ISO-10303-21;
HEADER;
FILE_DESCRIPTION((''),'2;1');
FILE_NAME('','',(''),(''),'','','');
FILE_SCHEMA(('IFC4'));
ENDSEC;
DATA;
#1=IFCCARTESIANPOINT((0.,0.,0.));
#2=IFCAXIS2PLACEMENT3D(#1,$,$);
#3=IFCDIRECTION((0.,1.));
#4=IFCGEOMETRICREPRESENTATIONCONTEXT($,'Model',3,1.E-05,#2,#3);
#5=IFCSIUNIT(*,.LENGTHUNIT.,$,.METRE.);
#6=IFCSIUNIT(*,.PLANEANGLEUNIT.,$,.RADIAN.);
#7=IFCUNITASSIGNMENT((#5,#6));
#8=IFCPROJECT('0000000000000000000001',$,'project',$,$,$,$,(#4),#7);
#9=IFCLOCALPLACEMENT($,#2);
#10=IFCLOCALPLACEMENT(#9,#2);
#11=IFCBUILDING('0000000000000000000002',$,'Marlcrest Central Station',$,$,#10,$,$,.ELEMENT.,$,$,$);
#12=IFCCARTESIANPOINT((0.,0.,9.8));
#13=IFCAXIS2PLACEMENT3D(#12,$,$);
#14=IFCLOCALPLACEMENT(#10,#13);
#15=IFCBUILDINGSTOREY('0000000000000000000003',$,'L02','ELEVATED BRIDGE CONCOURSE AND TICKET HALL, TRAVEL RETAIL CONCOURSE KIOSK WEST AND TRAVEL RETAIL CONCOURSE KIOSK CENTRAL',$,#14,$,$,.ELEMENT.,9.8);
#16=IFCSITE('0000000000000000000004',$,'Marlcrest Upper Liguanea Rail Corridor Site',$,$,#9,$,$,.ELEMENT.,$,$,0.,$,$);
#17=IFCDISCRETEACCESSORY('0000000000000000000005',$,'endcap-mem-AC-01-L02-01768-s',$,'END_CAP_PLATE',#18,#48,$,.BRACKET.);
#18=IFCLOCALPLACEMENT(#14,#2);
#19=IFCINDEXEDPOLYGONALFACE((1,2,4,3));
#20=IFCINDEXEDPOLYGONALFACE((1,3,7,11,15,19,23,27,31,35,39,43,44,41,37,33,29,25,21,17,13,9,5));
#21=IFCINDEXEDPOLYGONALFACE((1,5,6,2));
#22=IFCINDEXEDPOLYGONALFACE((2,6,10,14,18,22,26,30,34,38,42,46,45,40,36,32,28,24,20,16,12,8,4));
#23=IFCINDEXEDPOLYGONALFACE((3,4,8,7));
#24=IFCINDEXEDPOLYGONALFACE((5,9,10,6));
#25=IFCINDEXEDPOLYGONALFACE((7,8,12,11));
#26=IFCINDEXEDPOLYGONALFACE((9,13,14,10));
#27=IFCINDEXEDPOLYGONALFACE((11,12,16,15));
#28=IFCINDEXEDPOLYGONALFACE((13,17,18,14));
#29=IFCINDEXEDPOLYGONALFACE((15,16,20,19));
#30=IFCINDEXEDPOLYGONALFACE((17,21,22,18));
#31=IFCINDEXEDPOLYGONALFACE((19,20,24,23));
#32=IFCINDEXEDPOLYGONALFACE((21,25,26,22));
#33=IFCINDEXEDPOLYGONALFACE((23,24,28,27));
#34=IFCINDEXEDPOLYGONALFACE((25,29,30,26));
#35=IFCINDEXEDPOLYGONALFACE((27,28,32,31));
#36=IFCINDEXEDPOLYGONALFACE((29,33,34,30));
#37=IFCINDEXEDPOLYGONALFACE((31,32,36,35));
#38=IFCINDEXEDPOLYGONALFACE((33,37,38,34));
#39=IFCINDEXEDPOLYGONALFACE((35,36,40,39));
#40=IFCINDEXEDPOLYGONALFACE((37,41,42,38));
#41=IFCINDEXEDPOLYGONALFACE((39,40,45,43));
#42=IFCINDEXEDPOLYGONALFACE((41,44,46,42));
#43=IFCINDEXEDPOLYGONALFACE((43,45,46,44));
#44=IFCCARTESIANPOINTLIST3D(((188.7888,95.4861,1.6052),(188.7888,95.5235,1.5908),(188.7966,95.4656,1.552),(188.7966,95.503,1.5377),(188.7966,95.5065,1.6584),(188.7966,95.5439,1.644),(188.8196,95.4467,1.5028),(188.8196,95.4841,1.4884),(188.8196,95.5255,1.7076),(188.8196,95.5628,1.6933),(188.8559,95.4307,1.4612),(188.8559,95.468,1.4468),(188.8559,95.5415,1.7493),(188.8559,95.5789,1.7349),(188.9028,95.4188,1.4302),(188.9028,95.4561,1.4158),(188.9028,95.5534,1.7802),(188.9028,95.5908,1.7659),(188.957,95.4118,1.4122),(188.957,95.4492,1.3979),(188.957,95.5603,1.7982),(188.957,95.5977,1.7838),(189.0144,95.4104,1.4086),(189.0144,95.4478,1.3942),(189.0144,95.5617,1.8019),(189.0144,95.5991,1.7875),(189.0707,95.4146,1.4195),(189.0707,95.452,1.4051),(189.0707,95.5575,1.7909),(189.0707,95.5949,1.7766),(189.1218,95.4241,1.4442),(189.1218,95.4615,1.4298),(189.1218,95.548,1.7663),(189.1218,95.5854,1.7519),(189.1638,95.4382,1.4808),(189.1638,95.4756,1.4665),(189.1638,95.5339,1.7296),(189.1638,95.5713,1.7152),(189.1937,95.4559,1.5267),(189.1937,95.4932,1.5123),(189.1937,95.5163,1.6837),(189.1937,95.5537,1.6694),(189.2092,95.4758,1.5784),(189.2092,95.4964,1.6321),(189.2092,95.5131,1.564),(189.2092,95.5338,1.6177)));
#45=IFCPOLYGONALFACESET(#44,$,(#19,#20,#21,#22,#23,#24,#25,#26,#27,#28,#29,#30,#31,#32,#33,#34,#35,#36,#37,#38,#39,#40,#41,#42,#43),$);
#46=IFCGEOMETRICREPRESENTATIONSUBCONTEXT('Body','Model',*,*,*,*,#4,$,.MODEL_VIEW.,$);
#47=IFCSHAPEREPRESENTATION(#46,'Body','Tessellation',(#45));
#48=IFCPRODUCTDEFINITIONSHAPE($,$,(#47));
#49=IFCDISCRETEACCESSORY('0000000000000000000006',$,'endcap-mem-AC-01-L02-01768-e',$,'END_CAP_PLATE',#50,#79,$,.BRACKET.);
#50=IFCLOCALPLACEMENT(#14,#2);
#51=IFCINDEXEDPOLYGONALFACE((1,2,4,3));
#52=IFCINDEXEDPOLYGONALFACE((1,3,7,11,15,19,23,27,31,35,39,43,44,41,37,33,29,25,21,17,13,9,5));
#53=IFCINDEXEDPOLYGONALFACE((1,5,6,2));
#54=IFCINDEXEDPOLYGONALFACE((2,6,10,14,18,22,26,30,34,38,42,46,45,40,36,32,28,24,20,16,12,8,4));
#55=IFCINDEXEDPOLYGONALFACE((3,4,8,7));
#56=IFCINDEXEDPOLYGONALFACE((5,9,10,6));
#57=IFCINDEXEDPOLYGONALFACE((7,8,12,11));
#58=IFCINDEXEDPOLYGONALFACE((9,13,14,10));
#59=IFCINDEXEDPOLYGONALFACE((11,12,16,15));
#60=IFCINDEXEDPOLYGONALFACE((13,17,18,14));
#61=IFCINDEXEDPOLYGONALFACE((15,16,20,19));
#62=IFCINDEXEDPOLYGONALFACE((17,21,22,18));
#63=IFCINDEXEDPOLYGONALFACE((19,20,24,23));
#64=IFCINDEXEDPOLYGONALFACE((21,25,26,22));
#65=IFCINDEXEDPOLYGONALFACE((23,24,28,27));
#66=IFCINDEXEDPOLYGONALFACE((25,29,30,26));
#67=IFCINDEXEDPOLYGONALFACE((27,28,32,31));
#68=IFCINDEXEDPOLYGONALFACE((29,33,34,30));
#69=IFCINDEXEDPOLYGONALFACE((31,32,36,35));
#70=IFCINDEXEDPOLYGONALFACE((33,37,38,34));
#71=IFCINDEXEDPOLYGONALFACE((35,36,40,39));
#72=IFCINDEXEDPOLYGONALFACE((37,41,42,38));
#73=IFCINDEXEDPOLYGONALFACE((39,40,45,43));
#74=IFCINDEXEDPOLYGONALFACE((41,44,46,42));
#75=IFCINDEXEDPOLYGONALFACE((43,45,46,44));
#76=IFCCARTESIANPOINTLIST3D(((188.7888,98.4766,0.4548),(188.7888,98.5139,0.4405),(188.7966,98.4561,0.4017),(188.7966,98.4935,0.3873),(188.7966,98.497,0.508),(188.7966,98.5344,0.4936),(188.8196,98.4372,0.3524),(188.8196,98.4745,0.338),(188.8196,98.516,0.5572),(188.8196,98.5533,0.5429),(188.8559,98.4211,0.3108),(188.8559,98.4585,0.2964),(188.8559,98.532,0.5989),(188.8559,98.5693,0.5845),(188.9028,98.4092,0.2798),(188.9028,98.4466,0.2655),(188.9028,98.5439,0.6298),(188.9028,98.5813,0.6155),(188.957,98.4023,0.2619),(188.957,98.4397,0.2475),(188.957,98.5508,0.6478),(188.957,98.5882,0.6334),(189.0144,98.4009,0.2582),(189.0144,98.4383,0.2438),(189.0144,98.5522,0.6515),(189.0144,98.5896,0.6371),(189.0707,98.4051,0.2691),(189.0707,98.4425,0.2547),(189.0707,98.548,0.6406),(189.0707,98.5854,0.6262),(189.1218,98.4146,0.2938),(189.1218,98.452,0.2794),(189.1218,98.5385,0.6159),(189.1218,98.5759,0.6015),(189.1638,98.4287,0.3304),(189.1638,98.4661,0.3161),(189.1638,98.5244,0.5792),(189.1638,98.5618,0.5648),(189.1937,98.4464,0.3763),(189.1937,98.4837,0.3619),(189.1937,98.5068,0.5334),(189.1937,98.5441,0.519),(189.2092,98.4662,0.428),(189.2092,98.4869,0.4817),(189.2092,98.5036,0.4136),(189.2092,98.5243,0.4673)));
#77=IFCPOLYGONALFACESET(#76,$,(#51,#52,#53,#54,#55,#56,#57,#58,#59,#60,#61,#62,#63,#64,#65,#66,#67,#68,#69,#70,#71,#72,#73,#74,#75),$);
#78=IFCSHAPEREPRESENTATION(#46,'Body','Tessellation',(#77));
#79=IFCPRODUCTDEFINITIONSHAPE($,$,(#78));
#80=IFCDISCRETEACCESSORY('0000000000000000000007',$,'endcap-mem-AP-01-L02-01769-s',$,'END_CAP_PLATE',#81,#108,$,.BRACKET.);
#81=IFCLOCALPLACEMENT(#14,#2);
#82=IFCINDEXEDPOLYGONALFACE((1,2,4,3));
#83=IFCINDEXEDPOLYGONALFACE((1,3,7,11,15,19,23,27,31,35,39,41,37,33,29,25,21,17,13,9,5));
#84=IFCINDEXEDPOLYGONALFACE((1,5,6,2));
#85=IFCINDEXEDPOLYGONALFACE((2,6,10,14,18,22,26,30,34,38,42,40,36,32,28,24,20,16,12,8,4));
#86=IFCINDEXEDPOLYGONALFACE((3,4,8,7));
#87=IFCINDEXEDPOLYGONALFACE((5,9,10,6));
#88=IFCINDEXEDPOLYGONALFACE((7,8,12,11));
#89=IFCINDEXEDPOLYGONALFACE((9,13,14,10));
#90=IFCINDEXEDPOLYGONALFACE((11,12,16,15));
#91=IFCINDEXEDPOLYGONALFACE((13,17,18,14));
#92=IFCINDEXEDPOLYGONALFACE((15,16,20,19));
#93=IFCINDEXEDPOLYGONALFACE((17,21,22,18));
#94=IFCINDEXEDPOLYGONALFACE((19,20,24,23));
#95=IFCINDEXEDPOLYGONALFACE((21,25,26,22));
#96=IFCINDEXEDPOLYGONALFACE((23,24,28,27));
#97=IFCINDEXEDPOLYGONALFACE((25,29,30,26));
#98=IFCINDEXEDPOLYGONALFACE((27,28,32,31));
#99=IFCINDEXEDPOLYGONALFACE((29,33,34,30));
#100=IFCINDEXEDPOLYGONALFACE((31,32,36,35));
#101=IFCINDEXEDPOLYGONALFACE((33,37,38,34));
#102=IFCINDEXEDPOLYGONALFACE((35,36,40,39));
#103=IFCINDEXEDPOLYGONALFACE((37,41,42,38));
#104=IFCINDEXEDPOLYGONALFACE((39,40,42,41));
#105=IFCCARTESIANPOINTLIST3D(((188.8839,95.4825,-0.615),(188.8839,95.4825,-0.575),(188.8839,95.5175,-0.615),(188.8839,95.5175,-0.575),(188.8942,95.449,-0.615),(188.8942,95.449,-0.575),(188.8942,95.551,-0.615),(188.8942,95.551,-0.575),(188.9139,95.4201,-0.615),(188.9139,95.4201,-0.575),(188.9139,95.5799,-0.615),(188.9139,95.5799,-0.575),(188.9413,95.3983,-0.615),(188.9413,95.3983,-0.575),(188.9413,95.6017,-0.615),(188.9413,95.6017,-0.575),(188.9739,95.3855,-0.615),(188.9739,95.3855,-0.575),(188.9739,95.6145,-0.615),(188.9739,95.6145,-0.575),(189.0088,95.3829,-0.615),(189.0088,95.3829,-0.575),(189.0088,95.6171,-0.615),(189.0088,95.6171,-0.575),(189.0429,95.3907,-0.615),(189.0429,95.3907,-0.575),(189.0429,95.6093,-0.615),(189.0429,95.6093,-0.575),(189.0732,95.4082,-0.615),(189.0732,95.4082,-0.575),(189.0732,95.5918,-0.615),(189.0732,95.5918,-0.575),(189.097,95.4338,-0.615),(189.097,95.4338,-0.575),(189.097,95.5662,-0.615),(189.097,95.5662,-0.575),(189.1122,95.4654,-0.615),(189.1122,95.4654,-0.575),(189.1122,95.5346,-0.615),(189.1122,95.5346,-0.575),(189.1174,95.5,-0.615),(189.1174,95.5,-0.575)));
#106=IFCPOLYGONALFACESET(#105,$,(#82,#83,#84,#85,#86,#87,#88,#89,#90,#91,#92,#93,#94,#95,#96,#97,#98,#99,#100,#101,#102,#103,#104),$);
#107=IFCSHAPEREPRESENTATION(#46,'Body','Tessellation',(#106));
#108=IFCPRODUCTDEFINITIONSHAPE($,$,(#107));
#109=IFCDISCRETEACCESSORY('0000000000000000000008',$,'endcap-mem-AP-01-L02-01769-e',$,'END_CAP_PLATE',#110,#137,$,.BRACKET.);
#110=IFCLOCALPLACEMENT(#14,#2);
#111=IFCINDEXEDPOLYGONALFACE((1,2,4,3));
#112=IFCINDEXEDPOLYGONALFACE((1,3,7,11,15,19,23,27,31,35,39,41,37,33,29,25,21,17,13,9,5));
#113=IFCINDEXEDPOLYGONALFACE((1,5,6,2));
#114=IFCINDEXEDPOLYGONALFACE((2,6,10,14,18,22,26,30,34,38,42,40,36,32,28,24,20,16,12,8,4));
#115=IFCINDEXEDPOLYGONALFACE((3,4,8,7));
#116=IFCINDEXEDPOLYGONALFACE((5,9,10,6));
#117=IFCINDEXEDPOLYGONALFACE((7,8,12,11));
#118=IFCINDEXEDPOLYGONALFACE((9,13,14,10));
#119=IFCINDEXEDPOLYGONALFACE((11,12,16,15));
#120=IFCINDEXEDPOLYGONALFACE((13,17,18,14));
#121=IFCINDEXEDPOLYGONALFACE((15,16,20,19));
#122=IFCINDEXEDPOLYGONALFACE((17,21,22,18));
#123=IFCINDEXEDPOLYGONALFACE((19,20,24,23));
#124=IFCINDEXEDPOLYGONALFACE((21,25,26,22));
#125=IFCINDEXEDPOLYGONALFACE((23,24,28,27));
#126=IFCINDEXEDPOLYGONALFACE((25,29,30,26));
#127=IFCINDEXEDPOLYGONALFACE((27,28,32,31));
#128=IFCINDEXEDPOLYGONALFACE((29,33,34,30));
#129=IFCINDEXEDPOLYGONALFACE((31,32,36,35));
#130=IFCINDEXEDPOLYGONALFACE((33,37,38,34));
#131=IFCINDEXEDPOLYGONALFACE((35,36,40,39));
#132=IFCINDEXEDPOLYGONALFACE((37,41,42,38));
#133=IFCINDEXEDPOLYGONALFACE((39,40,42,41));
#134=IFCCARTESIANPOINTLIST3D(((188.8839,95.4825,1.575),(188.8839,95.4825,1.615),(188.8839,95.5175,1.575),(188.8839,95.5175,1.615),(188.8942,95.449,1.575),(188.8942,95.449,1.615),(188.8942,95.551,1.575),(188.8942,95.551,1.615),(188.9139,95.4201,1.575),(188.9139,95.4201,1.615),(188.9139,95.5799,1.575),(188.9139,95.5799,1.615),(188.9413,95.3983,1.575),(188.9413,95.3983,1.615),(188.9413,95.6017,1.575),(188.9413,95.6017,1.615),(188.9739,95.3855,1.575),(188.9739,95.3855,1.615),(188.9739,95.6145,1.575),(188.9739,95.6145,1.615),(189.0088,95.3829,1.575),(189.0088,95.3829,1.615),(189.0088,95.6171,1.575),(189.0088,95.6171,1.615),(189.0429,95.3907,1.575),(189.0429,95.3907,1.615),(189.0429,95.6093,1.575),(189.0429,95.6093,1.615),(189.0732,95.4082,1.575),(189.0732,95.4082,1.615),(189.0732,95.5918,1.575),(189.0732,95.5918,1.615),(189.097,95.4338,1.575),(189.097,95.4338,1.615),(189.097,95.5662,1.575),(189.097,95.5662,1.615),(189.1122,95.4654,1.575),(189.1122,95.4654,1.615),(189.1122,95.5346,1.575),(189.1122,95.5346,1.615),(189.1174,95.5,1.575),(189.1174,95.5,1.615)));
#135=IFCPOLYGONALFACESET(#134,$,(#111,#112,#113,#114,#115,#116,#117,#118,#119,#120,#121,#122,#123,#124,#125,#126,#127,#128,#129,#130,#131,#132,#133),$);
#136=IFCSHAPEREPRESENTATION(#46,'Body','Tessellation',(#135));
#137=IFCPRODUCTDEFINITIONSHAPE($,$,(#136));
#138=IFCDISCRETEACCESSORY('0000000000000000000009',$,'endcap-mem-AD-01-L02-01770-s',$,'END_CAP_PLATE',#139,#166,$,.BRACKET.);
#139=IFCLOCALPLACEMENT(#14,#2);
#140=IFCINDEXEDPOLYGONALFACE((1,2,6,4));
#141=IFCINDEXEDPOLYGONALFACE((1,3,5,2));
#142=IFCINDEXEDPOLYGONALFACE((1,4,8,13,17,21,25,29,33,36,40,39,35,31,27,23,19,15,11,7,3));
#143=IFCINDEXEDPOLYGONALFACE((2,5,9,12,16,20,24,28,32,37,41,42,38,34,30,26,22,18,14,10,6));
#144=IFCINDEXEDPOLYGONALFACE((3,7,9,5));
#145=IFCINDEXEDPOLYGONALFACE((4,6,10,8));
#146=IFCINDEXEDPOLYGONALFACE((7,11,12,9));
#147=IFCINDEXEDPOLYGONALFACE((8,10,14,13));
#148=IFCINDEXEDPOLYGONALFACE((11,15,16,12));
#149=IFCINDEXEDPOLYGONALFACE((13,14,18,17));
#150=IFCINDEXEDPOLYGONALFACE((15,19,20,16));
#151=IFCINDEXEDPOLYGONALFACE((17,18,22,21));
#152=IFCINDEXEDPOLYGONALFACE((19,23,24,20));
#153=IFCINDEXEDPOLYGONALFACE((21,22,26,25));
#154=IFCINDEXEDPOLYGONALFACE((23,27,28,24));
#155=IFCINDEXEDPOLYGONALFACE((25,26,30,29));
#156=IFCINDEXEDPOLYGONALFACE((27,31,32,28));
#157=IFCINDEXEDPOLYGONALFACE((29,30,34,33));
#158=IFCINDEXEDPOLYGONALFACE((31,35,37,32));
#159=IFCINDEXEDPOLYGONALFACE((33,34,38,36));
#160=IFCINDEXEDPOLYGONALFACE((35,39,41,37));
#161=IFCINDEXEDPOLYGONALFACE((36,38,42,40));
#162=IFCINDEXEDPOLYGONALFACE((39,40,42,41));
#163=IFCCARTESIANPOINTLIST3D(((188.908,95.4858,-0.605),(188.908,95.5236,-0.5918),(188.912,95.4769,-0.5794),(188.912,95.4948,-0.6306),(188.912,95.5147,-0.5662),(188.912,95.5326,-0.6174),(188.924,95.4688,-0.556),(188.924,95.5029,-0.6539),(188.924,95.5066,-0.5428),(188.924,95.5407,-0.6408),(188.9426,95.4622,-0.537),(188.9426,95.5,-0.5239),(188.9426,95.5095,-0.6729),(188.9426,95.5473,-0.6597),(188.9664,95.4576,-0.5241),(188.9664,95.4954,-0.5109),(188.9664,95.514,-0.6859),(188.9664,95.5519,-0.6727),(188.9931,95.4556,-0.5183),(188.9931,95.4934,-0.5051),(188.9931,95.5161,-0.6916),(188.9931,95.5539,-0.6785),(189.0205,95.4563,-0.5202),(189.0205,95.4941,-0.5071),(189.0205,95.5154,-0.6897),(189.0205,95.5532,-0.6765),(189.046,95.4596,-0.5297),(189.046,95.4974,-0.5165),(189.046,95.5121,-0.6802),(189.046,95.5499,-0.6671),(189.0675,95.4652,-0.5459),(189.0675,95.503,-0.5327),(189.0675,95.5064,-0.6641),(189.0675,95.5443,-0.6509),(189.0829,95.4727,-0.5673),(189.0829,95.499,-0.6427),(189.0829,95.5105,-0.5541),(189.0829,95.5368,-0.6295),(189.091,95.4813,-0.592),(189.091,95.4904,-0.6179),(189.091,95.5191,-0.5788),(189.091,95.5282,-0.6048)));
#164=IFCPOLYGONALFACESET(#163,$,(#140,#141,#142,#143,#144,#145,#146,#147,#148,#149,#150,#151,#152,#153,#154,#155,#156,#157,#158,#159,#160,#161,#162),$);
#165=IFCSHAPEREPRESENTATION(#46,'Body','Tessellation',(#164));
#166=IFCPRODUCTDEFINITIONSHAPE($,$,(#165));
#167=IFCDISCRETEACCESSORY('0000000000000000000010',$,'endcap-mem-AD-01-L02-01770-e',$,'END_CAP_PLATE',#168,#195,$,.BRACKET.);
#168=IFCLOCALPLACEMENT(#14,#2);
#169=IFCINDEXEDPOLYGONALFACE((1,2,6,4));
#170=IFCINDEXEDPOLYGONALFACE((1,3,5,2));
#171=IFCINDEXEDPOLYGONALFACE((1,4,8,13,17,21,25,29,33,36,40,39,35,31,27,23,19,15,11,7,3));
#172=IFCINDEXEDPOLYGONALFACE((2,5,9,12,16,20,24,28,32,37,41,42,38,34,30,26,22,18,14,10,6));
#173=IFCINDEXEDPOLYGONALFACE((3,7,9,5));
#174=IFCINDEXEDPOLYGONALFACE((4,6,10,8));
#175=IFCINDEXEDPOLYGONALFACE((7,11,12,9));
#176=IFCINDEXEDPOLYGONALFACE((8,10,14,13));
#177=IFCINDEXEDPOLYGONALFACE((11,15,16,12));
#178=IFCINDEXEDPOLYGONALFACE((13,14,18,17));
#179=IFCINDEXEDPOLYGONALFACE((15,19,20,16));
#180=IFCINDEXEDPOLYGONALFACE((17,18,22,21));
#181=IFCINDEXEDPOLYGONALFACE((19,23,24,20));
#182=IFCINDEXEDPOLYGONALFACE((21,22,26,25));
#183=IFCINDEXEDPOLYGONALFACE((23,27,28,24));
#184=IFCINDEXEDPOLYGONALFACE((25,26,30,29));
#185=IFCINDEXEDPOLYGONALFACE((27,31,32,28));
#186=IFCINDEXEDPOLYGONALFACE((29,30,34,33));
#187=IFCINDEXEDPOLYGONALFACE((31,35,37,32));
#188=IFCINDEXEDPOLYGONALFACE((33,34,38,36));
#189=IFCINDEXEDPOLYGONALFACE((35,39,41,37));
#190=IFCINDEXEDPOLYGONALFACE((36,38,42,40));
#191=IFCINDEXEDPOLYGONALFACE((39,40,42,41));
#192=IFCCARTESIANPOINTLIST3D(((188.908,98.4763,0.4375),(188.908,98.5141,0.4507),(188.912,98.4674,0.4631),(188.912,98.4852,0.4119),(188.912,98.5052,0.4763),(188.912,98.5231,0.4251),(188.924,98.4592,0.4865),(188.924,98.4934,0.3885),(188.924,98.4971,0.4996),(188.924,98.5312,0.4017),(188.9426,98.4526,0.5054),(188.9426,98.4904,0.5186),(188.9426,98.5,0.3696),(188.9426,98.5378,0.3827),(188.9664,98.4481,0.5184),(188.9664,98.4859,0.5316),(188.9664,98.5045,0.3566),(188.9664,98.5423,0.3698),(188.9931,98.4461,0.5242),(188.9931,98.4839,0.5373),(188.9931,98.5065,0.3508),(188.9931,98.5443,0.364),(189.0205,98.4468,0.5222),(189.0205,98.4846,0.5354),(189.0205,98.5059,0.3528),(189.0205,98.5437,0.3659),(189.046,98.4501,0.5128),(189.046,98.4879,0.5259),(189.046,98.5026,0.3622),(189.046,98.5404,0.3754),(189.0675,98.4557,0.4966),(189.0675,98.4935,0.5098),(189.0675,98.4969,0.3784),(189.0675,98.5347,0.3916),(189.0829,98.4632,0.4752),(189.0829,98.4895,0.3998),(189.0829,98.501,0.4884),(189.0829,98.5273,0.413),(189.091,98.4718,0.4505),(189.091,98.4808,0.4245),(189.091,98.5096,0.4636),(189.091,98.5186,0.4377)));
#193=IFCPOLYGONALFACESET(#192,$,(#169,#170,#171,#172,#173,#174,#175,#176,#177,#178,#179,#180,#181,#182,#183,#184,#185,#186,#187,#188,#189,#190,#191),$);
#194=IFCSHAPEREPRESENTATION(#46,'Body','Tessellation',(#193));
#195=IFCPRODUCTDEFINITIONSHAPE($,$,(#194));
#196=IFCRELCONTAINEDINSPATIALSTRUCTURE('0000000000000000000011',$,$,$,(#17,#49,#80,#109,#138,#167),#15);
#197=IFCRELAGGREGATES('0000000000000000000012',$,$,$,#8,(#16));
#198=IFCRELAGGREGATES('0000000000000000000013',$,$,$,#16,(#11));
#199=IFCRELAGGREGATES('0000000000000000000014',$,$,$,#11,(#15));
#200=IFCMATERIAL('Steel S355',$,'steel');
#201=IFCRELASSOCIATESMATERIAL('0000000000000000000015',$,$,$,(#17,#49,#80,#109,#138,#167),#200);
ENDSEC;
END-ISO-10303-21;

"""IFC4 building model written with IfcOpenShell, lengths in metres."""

from ifc_helpers import new_model, si_unit, direction, frame, origin, origin_2d, place, context, subcontext, project, spatial, circle, extrude, material, element, save


model = new_model("IFC4")

# Units and contexts
model_context = context("Model", 3, precision=1e-05, world=origin(), true_north=direction((0.0, 1.0)))
body_context = subcontext(model_context, "Body", "Model", "MODEL_VIEW")
ifc_project = project(units=[si_unit("LENGTHUNIT", "METRE"), si_unit("PLANEANGLEUNIT", "RADIAN")], contexts=[model_context])

# Site, building, storey
site_placement = place(None, origin())
site = spatial("IfcSite", under=ifc_project, at=site_placement, Name="Marlcrest Upper Liguanea Rail Corridor Site", CompositionType="ELEMENT", RefElevation=0.0)
building_placement = place(site_placement, origin())
building = spatial("IfcBuilding", under=site, at=building_placement, Name="Marlcrest Central Station", CompositionType="ELEMENT")
storey_placement = place(building_placement, frame((0.0, 0.0, 9.8)))
storey = spatial("IfcBuildingStorey", under=building, at=storey_placement, Name="L02", Description="ELEVATED BRIDGE CONCOURSE AND TICKET HALL, TRAVEL RETAIL CONCOURSE KIOSK WEST AND TRAVEL RETAIL CONCOURSE KIOSK CENTRAL", CompositionType="ELEMENT", Elevation=9.8)

# Shared definitions
ifc_material_1 = material(Name="Steel S355", Category="steel")

# Discrete accessories
for number, where, z_axis, x_axis, name in (
    (1, (189.0, 95.4861, 1.6052), (0.0, 0.933324, -0.359035), (-1.0, 0.0, 0.0), "endcap-mem-AC-01-L02-01768-s"),
    (2, (189.0, 98.4766, 0.4548), (0.0, 0.933324, -0.359035), (-1.0, 0.0, 0.0), "endcap-mem-AC-01-L02-01768-e"),
):
    element("IfcDiscreteAccessory", number, at=place(storey_placement, frame(where, z_axis=z_axis, x_axis=x_axis)), inside=storey, material=ifc_material_1, Name=name, ObjectType="END_CAP_PLATE", PredefinedType="BRACKET", context=body_context, shape_type="SweptSolid", body=[
        extrude(circle(Radius=0.2112, at=origin_2d()), origin(), (0.0, 0.0, 1.0), 0.04),
    ])
for number, where, z_axis, x_axis, name in (
    (3, (189.0, 95.5, -0.615), (0.0, 0.0, 1.0), (1.0, 0.0, 0.0), "endcap-mem-AP-01-L02-01769-s"),
    (4, (189.0, 95.5, 1.575), (0.0, 0.0, 1.0), (1.0, 0.0, 0.0), "endcap-mem-AP-01-L02-01769-e"),
):
    element("IfcDiscreteAccessory", number, at=place(storey_placement, frame(where, z_axis=z_axis, x_axis=x_axis)), inside=storey, material=ifc_material_1, Name=name, ObjectType="END_CAP_PLATE", PredefinedType="BRACKET", context=body_context, shape_type="SweptSolid", body=[
        extrude(circle(Radius=0.1174, at=origin_2d()), origin(), (0.0, 0.0, 1.0), 0.04),
    ])
for number, where, z_axis, x_axis, name in (
    (5, (189.0, 95.4858, -0.605), (0.0, 0.94426, 0.3292), (-1.0, 0.0, 0.0), "endcap-mem-AD-01-L02-01770-s"),
    (6, (189.0, 98.4763, 0.4375), (0.0, 0.94426, 0.3292), (-1.0, 0.0, 0.0), "endcap-mem-AD-01-L02-01770-e"),
):
    element("IfcDiscreteAccessory", number, at=place(storey_placement, frame(where, z_axis=z_axis, x_axis=x_axis)), inside=storey, material=ifc_material_1, Name=name, ObjectType="END_CAP_PLATE", PredefinedType="BRACKET", context=body_context, shape_type="SweptSolid", body=[
        extrude(circle(Radius=0.092, at=origin_2d()), origin(), (0.0, 0.0, 1.0), 0.04),
    ])

save(model, "model.ifc")
